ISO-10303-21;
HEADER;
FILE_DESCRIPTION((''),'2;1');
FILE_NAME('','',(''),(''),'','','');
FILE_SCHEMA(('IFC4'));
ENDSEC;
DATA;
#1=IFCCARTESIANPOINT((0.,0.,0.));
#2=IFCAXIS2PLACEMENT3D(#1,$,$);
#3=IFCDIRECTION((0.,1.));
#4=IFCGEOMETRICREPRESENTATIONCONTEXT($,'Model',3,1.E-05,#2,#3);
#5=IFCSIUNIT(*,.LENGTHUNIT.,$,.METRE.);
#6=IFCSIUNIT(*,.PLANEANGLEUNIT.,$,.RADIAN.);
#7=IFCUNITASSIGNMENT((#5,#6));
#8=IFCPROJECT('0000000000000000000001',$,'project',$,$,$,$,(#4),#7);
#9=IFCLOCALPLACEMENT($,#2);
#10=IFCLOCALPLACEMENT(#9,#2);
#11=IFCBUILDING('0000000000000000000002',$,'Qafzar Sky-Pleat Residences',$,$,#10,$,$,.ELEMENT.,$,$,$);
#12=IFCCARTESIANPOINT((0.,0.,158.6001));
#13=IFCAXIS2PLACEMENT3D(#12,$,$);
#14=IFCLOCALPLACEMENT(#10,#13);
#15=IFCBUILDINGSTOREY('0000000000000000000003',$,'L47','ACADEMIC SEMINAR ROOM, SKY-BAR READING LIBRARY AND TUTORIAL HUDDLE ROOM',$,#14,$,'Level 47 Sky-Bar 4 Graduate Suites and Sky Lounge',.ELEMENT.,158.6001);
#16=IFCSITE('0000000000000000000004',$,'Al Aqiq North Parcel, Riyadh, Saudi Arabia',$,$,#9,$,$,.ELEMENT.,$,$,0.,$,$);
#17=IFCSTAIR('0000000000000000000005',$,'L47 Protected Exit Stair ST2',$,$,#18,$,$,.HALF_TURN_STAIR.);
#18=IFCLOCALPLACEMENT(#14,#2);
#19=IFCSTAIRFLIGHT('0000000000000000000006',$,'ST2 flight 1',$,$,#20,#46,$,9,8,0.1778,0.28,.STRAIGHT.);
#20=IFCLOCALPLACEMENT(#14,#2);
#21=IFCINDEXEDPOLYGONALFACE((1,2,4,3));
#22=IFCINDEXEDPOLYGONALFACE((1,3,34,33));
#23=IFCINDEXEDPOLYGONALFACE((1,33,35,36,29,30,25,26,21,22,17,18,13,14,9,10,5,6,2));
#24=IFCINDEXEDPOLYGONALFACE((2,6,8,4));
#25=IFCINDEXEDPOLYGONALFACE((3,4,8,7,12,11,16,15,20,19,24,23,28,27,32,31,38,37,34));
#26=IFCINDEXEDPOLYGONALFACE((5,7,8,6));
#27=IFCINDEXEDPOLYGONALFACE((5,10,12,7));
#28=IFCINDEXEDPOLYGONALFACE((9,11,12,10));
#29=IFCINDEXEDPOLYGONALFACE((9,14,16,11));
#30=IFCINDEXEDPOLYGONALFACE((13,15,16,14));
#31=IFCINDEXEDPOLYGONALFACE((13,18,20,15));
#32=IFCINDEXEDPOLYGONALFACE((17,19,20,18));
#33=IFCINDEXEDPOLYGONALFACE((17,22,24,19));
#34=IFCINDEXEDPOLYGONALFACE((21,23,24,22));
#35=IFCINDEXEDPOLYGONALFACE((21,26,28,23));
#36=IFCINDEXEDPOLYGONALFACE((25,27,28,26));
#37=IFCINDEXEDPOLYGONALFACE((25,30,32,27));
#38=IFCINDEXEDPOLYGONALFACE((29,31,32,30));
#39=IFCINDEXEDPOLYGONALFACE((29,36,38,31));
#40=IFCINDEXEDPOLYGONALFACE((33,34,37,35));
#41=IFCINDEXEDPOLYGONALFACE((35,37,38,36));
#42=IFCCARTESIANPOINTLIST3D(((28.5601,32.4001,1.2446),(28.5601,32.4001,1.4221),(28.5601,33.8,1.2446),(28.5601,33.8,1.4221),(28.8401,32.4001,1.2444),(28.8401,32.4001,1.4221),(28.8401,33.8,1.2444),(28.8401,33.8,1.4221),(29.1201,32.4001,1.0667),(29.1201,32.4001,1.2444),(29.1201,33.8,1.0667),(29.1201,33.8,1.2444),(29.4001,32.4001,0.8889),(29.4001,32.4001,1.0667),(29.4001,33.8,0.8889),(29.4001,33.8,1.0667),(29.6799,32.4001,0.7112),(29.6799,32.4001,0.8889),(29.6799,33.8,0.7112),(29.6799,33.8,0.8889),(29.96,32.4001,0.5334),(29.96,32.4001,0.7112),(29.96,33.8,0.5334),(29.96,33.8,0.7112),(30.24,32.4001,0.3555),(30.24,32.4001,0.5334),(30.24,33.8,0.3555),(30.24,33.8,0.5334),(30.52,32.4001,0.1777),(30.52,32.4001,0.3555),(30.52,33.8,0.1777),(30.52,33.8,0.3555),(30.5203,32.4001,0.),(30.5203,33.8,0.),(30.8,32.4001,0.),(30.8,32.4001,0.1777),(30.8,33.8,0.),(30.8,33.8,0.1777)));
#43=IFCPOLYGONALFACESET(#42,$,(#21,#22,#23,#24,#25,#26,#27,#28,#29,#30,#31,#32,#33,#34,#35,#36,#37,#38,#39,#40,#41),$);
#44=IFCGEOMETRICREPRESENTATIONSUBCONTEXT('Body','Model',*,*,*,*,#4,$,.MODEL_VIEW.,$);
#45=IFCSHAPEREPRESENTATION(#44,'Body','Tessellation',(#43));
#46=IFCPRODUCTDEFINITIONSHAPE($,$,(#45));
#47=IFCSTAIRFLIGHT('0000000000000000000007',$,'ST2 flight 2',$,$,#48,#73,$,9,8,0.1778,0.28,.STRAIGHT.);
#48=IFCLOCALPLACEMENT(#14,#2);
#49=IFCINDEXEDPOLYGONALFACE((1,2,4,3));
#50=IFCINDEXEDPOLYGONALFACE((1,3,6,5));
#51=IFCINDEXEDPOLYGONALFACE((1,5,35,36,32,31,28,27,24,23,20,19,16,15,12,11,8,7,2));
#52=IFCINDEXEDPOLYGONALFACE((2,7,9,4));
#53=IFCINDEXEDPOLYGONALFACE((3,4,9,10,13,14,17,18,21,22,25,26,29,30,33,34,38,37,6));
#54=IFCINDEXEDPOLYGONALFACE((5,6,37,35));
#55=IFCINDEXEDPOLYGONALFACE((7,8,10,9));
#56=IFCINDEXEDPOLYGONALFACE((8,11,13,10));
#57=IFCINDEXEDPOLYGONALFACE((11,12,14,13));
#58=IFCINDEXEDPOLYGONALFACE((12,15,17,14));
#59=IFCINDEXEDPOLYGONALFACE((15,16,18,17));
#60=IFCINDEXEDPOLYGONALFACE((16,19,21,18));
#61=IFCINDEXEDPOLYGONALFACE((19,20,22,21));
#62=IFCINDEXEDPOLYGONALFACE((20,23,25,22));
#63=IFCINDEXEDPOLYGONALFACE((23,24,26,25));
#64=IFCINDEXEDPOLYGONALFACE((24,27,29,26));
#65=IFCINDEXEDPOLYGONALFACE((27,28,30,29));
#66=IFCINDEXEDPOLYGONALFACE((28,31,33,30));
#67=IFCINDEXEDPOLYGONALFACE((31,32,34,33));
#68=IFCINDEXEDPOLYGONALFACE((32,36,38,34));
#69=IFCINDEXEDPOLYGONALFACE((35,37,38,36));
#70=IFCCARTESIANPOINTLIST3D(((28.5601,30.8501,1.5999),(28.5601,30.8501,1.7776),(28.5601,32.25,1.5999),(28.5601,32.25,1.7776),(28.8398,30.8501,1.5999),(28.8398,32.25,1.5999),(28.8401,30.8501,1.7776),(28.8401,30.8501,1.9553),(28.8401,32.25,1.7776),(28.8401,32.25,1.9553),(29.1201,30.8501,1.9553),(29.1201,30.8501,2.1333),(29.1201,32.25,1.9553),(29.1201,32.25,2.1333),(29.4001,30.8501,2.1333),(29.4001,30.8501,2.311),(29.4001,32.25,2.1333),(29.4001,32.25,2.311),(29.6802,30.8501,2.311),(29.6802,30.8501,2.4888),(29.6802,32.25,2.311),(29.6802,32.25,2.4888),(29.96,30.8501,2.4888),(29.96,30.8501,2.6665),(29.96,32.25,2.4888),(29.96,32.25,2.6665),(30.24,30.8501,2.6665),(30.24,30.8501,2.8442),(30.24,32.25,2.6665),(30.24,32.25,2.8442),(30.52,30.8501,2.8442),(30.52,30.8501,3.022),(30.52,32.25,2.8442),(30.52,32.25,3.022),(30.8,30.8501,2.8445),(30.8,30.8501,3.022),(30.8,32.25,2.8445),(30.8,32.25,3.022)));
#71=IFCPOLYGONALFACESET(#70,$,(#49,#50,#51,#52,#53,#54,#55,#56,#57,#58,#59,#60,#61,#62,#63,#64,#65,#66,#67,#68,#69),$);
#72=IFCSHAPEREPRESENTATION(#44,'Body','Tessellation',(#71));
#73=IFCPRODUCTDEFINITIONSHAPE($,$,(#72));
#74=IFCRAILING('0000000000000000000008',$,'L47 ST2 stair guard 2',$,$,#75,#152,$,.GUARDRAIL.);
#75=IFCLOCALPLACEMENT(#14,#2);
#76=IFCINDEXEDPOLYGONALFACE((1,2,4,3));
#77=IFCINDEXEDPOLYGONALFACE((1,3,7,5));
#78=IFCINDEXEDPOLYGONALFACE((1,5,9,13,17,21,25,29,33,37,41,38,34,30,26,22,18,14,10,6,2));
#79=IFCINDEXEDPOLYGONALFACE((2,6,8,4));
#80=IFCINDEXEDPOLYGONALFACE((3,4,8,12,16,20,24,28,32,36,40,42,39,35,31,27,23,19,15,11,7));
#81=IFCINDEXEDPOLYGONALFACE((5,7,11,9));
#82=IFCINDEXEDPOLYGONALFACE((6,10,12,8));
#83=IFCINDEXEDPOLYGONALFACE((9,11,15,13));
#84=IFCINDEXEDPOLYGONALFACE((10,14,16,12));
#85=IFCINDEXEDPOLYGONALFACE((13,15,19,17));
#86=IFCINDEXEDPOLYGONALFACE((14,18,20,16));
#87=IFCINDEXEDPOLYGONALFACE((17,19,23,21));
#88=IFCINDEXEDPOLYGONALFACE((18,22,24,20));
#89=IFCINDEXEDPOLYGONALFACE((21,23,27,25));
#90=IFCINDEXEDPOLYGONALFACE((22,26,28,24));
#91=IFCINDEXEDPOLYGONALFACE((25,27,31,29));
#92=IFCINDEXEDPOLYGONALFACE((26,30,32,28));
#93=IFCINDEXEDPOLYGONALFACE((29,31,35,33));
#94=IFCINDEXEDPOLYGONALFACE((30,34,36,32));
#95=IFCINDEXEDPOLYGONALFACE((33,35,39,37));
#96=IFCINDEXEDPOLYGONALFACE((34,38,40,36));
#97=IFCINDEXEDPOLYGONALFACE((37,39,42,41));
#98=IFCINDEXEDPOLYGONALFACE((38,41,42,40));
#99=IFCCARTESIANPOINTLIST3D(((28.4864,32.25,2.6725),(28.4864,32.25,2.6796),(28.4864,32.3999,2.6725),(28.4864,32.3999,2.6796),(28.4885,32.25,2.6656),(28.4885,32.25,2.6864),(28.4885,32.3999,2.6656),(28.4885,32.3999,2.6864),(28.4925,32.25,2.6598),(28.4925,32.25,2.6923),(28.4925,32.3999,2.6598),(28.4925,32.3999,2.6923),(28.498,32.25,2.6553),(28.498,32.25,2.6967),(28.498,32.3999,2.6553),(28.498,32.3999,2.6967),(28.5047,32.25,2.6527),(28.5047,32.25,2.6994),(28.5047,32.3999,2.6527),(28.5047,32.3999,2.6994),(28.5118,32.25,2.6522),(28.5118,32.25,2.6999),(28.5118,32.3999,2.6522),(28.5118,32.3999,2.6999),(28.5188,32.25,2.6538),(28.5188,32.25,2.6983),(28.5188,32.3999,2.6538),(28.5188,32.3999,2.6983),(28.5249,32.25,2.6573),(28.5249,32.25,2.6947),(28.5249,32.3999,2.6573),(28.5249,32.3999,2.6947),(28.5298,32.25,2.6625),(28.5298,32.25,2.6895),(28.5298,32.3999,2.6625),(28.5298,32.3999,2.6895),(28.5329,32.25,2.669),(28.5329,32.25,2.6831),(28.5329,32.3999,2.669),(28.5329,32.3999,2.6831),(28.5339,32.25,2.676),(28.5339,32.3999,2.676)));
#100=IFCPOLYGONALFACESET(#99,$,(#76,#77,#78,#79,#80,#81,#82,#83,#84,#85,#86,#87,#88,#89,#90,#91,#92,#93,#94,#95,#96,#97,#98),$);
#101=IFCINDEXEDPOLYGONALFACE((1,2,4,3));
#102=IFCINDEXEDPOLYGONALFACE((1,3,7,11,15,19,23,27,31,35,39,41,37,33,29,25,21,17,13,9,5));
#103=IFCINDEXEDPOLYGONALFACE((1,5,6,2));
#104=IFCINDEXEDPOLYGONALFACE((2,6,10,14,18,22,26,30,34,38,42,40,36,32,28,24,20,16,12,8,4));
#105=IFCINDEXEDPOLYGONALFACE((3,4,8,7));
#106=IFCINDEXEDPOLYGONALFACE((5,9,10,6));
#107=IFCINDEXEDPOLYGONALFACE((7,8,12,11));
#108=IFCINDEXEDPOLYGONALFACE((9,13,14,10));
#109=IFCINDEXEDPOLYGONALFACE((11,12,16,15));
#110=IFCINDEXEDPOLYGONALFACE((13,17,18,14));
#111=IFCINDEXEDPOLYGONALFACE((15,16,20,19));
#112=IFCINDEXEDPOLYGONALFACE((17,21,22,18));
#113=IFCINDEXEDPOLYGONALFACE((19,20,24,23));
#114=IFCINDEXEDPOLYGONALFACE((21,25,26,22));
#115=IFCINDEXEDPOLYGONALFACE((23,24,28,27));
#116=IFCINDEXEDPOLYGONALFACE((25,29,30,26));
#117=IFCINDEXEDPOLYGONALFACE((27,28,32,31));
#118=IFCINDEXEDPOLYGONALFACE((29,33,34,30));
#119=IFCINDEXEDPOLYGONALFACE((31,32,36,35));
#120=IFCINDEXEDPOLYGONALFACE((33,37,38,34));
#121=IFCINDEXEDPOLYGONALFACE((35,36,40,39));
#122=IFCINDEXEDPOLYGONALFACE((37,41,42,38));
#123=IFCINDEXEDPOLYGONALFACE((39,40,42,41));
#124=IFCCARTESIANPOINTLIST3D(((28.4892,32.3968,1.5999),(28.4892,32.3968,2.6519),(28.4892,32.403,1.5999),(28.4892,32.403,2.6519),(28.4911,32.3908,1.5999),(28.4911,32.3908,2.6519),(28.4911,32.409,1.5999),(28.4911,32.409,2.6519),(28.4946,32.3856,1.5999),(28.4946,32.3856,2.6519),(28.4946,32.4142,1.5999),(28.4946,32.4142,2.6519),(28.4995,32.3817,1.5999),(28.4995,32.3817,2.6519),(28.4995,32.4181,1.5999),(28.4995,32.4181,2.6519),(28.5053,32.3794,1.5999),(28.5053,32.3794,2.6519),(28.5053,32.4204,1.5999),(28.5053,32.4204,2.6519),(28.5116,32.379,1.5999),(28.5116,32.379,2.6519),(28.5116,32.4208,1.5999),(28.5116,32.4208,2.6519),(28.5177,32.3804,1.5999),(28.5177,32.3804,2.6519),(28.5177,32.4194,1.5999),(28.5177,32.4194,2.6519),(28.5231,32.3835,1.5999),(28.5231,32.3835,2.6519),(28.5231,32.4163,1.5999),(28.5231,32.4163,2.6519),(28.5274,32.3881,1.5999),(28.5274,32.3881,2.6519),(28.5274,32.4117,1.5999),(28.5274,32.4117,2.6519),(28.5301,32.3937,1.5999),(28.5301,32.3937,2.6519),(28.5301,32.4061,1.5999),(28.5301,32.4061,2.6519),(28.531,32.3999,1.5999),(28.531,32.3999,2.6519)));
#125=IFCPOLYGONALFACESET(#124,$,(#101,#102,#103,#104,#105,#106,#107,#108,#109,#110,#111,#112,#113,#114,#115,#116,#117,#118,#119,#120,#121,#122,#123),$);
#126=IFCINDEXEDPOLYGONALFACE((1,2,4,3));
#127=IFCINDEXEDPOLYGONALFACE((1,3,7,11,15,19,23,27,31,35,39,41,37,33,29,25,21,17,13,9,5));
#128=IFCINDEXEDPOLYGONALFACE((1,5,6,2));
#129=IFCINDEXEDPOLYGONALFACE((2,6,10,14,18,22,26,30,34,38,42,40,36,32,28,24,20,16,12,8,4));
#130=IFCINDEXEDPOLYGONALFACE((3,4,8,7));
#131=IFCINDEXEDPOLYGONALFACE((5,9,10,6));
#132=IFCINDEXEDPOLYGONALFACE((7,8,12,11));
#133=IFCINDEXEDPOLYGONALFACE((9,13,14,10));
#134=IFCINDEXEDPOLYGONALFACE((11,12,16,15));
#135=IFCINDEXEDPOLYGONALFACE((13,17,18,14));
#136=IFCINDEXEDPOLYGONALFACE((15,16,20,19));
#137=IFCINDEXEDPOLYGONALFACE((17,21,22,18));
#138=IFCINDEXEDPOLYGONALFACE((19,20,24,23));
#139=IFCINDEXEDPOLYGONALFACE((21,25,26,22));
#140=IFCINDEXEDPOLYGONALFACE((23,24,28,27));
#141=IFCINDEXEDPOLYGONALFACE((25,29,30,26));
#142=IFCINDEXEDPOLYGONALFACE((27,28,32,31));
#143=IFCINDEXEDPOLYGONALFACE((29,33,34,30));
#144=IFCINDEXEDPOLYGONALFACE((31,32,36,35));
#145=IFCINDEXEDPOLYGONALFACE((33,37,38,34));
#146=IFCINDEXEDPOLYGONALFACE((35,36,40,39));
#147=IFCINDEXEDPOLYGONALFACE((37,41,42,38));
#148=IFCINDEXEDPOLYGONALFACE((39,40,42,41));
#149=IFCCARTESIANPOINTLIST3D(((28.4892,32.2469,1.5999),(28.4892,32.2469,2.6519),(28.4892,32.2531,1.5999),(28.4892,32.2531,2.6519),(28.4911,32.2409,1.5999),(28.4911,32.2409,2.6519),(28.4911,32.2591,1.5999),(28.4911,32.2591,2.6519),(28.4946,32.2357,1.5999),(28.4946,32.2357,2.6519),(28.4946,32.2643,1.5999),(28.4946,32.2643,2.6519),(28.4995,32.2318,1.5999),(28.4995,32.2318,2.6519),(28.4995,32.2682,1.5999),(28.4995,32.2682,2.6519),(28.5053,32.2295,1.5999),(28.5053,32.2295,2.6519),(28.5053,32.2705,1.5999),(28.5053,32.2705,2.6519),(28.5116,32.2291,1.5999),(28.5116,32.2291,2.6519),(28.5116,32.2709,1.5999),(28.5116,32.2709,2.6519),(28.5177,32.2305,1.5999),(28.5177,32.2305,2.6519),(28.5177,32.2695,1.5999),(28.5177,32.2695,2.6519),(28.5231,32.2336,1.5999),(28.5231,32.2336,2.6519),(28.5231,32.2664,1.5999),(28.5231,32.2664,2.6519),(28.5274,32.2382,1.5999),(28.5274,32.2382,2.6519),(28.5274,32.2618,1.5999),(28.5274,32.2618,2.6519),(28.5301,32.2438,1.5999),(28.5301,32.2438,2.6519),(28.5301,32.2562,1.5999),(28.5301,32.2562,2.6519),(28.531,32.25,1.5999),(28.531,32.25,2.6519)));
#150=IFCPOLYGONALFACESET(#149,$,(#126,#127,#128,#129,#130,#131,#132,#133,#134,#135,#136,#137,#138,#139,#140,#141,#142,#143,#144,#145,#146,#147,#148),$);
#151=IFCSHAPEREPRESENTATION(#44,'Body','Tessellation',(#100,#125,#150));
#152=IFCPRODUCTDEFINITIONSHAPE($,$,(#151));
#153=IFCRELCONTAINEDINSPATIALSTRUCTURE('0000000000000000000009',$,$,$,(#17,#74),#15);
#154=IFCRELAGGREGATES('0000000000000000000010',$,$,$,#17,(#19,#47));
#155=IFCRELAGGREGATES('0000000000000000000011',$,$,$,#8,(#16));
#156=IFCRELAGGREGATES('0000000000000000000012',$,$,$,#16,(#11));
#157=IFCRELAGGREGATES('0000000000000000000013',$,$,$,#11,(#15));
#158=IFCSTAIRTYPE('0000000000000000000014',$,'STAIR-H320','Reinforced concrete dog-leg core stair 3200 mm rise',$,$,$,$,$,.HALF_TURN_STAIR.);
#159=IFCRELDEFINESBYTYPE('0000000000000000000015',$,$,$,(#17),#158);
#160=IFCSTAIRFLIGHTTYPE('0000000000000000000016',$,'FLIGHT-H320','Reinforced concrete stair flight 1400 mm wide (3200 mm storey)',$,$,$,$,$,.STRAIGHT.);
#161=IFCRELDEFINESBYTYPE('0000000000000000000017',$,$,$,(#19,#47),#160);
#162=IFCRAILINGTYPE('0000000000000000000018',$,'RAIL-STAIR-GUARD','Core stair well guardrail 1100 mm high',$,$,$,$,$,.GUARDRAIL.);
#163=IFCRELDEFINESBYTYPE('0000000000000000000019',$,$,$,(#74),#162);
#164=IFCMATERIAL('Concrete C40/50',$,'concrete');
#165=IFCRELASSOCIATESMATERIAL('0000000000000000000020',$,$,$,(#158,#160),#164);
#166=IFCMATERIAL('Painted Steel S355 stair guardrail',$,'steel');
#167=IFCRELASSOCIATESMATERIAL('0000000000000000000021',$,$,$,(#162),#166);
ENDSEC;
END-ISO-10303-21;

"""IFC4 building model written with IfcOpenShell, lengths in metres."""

from ifc_helpers import new_model, si_unit, direction, frame, origin, origin_2d, place, context, subcontext, project, spatial, polyline, circle, outline, extrude, source, transform, mapped, material, type_object, element, aggregate, save


model = new_model("IFC4")

# Units and contexts
model_context = context("Model", 3, precision=1e-05, world=origin(), true_north=direction((0.0, 1.0)))
body_context = subcontext(model_context, "Body", "Model", "MODEL_VIEW")
ifc_project = project(units=[si_unit("LENGTHUNIT", "METRE"), si_unit("PLANEANGLEUNIT", "RADIAN")], contexts=[model_context])

# Site, building, storey
site_placement = place(None, origin())
site = spatial("IfcSite", under=ifc_project, at=site_placement, Name="Al Aqiq North Parcel, Riyadh, Saudi Arabia", CompositionType="ELEMENT", RefElevation=0.0)
building_placement = place(site_placement, origin())
building = spatial("IfcBuilding", under=site, at=building_placement, Name="Qafzar Sky-Pleat Residences", CompositionType="ELEMENT")
storey_placement = place(building_placement, frame((0.0, 0.0, 158.6001)))
storey = spatial("IfcBuildingStorey", under=building, at=storey_placement, Name="L47", Description="ACADEMIC SEMINAR ROOM, SKY-BAR READING LIBRARY AND TUTORIAL HUDDLE ROOM", LongName="Level 47 Sky-Bar 4 Graduate Suites and Sky Lounge", CompositionType="ELEMENT", Elevation=158.6001)

# Stair, stair flights
ifc_material_1 = material(Name="Concrete C40/50", Category="concrete")
stair_type = type_object("IfcStairType", Name="STAIR-H320", Description="Reinforced concrete dog-leg core stair 3200 mm rise", PredefinedType="HALF_TURN_STAIR", material=ifc_material_1)
stair_placement = place(storey_placement, origin())
stair = element("IfcStair", 1, at=stair_placement, inside=storey, type_object=stair_type, Name="L47 Protected Exit Stair ST2", PredefinedType="HALF_TURN_STAIR")
stair_flight_type = type_object("IfcStairFlightType", Name="FLIGHT-H320", Description="Reinforced concrete stair flight 1400 mm wide (3200 mm storey)", PredefinedType="STRAIGHT", material=ifc_material_1)
shared_shape_1 = source(origin(), body_context, "Body", "SweptSolid", [
    extrude(outline(polyline([(0.0, 0.0), (0.0, 0.1777), (0.28, 0.1777), (0.28, 0.3555), (0.5601, 0.3555), (0.5601, 0.5334), (0.8401, 0.5334), (0.8401, 0.7112), (1.1201, 0.7112), (1.1201, 0.8889), (1.3999, 0.8889), (1.3999, 1.0667), (1.6799, 1.0667), (1.6799, 1.2444), (1.96, 1.2444), (1.96, 1.4221), (2.24, 1.4221), (2.24, 1.6001), (2.24, 1.2446), (0.2798, 0.0), (0.0, 0.0)])), frame((0.0, 0.7, 0.0), z_axis=(0.0, -1.0, 0.0), x_axis=(1.0, 0.0, 0.0)), (0.0, 0.0, 1.0), 1.3999),
])
stair_flight_1_placement = place(storey_placement, frame((30.8, 33.1001, 0.0), z_axis=(0.0, 0.0, 1.0), x_axis=(-1.0, 0.0, 0.0)))
stair_flight_1 = element("IfcStairFlight", 2, at=stair_flight_1_placement, type_object=stair_flight_type, Name="ST2 flight 1", NumberOfRisers=9, NumberOfTreads=8, PredefinedType="STRAIGHT", RiserHeight=0.1778, TreadLength=0.28, context=body_context, shape_type="MappedRepresentation", body=[
    mapped(shared_shape_1, transform((0.0, 0.0, 0.0), x_axis=(1.0, 0.0, 0.0), y_axis=(0.0, 1.0, 0.0), z_axis=(0.0, 0.0, 1.0), scale=1.0)),
])
stair_flight_2_placement = place(storey_placement, frame((28.5601, 31.55, 1.5999), z_axis=(0.0, 0.0, 1.0), x_axis=(1.0, 0.0, 0.0)))
stair_flight_2 = element("IfcStairFlight", 3, at=stair_flight_2_placement, type_object=stair_flight_type, Name="ST2 flight 2", NumberOfRisers=9, NumberOfTreads=8, PredefinedType="STRAIGHT", RiserHeight=0.1778, TreadLength=0.28, context=body_context, shape_type="MappedRepresentation", body=[
    mapped(shared_shape_1, transform((0.0, 0.0, 0.0), x_axis=(1.0, 0.0, 0.0), y_axis=(0.0, 1.0, 0.0), z_axis=(0.0, 0.0, 1.0), scale=1.0)),
])
aggregate(stair, [stair_flight_1, stair_flight_2])

# Railing
ifc_material_2 = material(Name="Painted Steel S355 stair guardrail", Category="steel")
railing_type_1 = type_object("IfcRailingType", Name="RAIL-STAIR-GUARD", Description="Core stair well guardrail 1100 mm high", PredefinedType="GUARDRAIL", material=ifc_material_2)
shared_shape_2 = source(origin(), body_context, "Body", "SweptSolid", [
    extrude(circle(Radius=0.0239, at=origin_2d()), frame((0.0, 0.0, 1.0762), z_axis=(0.0, -1.0, 0.0), x_axis=(1.0, 0.0, 0.0)), (0.0, 0.0, 1.0), 0.1499),
    extrude(circle(Radius=0.021, at=origin_2d()), origin(), (0.0, 0.0, 1.0), 1.052),
    extrude(circle(Radius=0.021, at=origin_2d()), frame((0.0, -0.1499, 0.0)), (0.0, 0.0, 1.0), 1.052),
])
railing_1_placement = place(storey_placement, frame((28.51, 32.3999, 1.5999)))
element("IfcRailing", 4, at=railing_1_placement, inside=storey, type_object=railing_type_1, Name="L47 ST2 stair guard 2", PredefinedType="GUARDRAIL", context=body_context, shape_type="MappedRepresentation", body=[
    mapped(shared_shape_2, transform((0.0, 0.0, 0.0), x_axis=(1.0, 0.0, 0.0), y_axis=(0.0, 1.0, 0.0), z_axis=(0.0, 0.0, 1.0), scale=1.0)),
])

save(model, "model.ifc")
